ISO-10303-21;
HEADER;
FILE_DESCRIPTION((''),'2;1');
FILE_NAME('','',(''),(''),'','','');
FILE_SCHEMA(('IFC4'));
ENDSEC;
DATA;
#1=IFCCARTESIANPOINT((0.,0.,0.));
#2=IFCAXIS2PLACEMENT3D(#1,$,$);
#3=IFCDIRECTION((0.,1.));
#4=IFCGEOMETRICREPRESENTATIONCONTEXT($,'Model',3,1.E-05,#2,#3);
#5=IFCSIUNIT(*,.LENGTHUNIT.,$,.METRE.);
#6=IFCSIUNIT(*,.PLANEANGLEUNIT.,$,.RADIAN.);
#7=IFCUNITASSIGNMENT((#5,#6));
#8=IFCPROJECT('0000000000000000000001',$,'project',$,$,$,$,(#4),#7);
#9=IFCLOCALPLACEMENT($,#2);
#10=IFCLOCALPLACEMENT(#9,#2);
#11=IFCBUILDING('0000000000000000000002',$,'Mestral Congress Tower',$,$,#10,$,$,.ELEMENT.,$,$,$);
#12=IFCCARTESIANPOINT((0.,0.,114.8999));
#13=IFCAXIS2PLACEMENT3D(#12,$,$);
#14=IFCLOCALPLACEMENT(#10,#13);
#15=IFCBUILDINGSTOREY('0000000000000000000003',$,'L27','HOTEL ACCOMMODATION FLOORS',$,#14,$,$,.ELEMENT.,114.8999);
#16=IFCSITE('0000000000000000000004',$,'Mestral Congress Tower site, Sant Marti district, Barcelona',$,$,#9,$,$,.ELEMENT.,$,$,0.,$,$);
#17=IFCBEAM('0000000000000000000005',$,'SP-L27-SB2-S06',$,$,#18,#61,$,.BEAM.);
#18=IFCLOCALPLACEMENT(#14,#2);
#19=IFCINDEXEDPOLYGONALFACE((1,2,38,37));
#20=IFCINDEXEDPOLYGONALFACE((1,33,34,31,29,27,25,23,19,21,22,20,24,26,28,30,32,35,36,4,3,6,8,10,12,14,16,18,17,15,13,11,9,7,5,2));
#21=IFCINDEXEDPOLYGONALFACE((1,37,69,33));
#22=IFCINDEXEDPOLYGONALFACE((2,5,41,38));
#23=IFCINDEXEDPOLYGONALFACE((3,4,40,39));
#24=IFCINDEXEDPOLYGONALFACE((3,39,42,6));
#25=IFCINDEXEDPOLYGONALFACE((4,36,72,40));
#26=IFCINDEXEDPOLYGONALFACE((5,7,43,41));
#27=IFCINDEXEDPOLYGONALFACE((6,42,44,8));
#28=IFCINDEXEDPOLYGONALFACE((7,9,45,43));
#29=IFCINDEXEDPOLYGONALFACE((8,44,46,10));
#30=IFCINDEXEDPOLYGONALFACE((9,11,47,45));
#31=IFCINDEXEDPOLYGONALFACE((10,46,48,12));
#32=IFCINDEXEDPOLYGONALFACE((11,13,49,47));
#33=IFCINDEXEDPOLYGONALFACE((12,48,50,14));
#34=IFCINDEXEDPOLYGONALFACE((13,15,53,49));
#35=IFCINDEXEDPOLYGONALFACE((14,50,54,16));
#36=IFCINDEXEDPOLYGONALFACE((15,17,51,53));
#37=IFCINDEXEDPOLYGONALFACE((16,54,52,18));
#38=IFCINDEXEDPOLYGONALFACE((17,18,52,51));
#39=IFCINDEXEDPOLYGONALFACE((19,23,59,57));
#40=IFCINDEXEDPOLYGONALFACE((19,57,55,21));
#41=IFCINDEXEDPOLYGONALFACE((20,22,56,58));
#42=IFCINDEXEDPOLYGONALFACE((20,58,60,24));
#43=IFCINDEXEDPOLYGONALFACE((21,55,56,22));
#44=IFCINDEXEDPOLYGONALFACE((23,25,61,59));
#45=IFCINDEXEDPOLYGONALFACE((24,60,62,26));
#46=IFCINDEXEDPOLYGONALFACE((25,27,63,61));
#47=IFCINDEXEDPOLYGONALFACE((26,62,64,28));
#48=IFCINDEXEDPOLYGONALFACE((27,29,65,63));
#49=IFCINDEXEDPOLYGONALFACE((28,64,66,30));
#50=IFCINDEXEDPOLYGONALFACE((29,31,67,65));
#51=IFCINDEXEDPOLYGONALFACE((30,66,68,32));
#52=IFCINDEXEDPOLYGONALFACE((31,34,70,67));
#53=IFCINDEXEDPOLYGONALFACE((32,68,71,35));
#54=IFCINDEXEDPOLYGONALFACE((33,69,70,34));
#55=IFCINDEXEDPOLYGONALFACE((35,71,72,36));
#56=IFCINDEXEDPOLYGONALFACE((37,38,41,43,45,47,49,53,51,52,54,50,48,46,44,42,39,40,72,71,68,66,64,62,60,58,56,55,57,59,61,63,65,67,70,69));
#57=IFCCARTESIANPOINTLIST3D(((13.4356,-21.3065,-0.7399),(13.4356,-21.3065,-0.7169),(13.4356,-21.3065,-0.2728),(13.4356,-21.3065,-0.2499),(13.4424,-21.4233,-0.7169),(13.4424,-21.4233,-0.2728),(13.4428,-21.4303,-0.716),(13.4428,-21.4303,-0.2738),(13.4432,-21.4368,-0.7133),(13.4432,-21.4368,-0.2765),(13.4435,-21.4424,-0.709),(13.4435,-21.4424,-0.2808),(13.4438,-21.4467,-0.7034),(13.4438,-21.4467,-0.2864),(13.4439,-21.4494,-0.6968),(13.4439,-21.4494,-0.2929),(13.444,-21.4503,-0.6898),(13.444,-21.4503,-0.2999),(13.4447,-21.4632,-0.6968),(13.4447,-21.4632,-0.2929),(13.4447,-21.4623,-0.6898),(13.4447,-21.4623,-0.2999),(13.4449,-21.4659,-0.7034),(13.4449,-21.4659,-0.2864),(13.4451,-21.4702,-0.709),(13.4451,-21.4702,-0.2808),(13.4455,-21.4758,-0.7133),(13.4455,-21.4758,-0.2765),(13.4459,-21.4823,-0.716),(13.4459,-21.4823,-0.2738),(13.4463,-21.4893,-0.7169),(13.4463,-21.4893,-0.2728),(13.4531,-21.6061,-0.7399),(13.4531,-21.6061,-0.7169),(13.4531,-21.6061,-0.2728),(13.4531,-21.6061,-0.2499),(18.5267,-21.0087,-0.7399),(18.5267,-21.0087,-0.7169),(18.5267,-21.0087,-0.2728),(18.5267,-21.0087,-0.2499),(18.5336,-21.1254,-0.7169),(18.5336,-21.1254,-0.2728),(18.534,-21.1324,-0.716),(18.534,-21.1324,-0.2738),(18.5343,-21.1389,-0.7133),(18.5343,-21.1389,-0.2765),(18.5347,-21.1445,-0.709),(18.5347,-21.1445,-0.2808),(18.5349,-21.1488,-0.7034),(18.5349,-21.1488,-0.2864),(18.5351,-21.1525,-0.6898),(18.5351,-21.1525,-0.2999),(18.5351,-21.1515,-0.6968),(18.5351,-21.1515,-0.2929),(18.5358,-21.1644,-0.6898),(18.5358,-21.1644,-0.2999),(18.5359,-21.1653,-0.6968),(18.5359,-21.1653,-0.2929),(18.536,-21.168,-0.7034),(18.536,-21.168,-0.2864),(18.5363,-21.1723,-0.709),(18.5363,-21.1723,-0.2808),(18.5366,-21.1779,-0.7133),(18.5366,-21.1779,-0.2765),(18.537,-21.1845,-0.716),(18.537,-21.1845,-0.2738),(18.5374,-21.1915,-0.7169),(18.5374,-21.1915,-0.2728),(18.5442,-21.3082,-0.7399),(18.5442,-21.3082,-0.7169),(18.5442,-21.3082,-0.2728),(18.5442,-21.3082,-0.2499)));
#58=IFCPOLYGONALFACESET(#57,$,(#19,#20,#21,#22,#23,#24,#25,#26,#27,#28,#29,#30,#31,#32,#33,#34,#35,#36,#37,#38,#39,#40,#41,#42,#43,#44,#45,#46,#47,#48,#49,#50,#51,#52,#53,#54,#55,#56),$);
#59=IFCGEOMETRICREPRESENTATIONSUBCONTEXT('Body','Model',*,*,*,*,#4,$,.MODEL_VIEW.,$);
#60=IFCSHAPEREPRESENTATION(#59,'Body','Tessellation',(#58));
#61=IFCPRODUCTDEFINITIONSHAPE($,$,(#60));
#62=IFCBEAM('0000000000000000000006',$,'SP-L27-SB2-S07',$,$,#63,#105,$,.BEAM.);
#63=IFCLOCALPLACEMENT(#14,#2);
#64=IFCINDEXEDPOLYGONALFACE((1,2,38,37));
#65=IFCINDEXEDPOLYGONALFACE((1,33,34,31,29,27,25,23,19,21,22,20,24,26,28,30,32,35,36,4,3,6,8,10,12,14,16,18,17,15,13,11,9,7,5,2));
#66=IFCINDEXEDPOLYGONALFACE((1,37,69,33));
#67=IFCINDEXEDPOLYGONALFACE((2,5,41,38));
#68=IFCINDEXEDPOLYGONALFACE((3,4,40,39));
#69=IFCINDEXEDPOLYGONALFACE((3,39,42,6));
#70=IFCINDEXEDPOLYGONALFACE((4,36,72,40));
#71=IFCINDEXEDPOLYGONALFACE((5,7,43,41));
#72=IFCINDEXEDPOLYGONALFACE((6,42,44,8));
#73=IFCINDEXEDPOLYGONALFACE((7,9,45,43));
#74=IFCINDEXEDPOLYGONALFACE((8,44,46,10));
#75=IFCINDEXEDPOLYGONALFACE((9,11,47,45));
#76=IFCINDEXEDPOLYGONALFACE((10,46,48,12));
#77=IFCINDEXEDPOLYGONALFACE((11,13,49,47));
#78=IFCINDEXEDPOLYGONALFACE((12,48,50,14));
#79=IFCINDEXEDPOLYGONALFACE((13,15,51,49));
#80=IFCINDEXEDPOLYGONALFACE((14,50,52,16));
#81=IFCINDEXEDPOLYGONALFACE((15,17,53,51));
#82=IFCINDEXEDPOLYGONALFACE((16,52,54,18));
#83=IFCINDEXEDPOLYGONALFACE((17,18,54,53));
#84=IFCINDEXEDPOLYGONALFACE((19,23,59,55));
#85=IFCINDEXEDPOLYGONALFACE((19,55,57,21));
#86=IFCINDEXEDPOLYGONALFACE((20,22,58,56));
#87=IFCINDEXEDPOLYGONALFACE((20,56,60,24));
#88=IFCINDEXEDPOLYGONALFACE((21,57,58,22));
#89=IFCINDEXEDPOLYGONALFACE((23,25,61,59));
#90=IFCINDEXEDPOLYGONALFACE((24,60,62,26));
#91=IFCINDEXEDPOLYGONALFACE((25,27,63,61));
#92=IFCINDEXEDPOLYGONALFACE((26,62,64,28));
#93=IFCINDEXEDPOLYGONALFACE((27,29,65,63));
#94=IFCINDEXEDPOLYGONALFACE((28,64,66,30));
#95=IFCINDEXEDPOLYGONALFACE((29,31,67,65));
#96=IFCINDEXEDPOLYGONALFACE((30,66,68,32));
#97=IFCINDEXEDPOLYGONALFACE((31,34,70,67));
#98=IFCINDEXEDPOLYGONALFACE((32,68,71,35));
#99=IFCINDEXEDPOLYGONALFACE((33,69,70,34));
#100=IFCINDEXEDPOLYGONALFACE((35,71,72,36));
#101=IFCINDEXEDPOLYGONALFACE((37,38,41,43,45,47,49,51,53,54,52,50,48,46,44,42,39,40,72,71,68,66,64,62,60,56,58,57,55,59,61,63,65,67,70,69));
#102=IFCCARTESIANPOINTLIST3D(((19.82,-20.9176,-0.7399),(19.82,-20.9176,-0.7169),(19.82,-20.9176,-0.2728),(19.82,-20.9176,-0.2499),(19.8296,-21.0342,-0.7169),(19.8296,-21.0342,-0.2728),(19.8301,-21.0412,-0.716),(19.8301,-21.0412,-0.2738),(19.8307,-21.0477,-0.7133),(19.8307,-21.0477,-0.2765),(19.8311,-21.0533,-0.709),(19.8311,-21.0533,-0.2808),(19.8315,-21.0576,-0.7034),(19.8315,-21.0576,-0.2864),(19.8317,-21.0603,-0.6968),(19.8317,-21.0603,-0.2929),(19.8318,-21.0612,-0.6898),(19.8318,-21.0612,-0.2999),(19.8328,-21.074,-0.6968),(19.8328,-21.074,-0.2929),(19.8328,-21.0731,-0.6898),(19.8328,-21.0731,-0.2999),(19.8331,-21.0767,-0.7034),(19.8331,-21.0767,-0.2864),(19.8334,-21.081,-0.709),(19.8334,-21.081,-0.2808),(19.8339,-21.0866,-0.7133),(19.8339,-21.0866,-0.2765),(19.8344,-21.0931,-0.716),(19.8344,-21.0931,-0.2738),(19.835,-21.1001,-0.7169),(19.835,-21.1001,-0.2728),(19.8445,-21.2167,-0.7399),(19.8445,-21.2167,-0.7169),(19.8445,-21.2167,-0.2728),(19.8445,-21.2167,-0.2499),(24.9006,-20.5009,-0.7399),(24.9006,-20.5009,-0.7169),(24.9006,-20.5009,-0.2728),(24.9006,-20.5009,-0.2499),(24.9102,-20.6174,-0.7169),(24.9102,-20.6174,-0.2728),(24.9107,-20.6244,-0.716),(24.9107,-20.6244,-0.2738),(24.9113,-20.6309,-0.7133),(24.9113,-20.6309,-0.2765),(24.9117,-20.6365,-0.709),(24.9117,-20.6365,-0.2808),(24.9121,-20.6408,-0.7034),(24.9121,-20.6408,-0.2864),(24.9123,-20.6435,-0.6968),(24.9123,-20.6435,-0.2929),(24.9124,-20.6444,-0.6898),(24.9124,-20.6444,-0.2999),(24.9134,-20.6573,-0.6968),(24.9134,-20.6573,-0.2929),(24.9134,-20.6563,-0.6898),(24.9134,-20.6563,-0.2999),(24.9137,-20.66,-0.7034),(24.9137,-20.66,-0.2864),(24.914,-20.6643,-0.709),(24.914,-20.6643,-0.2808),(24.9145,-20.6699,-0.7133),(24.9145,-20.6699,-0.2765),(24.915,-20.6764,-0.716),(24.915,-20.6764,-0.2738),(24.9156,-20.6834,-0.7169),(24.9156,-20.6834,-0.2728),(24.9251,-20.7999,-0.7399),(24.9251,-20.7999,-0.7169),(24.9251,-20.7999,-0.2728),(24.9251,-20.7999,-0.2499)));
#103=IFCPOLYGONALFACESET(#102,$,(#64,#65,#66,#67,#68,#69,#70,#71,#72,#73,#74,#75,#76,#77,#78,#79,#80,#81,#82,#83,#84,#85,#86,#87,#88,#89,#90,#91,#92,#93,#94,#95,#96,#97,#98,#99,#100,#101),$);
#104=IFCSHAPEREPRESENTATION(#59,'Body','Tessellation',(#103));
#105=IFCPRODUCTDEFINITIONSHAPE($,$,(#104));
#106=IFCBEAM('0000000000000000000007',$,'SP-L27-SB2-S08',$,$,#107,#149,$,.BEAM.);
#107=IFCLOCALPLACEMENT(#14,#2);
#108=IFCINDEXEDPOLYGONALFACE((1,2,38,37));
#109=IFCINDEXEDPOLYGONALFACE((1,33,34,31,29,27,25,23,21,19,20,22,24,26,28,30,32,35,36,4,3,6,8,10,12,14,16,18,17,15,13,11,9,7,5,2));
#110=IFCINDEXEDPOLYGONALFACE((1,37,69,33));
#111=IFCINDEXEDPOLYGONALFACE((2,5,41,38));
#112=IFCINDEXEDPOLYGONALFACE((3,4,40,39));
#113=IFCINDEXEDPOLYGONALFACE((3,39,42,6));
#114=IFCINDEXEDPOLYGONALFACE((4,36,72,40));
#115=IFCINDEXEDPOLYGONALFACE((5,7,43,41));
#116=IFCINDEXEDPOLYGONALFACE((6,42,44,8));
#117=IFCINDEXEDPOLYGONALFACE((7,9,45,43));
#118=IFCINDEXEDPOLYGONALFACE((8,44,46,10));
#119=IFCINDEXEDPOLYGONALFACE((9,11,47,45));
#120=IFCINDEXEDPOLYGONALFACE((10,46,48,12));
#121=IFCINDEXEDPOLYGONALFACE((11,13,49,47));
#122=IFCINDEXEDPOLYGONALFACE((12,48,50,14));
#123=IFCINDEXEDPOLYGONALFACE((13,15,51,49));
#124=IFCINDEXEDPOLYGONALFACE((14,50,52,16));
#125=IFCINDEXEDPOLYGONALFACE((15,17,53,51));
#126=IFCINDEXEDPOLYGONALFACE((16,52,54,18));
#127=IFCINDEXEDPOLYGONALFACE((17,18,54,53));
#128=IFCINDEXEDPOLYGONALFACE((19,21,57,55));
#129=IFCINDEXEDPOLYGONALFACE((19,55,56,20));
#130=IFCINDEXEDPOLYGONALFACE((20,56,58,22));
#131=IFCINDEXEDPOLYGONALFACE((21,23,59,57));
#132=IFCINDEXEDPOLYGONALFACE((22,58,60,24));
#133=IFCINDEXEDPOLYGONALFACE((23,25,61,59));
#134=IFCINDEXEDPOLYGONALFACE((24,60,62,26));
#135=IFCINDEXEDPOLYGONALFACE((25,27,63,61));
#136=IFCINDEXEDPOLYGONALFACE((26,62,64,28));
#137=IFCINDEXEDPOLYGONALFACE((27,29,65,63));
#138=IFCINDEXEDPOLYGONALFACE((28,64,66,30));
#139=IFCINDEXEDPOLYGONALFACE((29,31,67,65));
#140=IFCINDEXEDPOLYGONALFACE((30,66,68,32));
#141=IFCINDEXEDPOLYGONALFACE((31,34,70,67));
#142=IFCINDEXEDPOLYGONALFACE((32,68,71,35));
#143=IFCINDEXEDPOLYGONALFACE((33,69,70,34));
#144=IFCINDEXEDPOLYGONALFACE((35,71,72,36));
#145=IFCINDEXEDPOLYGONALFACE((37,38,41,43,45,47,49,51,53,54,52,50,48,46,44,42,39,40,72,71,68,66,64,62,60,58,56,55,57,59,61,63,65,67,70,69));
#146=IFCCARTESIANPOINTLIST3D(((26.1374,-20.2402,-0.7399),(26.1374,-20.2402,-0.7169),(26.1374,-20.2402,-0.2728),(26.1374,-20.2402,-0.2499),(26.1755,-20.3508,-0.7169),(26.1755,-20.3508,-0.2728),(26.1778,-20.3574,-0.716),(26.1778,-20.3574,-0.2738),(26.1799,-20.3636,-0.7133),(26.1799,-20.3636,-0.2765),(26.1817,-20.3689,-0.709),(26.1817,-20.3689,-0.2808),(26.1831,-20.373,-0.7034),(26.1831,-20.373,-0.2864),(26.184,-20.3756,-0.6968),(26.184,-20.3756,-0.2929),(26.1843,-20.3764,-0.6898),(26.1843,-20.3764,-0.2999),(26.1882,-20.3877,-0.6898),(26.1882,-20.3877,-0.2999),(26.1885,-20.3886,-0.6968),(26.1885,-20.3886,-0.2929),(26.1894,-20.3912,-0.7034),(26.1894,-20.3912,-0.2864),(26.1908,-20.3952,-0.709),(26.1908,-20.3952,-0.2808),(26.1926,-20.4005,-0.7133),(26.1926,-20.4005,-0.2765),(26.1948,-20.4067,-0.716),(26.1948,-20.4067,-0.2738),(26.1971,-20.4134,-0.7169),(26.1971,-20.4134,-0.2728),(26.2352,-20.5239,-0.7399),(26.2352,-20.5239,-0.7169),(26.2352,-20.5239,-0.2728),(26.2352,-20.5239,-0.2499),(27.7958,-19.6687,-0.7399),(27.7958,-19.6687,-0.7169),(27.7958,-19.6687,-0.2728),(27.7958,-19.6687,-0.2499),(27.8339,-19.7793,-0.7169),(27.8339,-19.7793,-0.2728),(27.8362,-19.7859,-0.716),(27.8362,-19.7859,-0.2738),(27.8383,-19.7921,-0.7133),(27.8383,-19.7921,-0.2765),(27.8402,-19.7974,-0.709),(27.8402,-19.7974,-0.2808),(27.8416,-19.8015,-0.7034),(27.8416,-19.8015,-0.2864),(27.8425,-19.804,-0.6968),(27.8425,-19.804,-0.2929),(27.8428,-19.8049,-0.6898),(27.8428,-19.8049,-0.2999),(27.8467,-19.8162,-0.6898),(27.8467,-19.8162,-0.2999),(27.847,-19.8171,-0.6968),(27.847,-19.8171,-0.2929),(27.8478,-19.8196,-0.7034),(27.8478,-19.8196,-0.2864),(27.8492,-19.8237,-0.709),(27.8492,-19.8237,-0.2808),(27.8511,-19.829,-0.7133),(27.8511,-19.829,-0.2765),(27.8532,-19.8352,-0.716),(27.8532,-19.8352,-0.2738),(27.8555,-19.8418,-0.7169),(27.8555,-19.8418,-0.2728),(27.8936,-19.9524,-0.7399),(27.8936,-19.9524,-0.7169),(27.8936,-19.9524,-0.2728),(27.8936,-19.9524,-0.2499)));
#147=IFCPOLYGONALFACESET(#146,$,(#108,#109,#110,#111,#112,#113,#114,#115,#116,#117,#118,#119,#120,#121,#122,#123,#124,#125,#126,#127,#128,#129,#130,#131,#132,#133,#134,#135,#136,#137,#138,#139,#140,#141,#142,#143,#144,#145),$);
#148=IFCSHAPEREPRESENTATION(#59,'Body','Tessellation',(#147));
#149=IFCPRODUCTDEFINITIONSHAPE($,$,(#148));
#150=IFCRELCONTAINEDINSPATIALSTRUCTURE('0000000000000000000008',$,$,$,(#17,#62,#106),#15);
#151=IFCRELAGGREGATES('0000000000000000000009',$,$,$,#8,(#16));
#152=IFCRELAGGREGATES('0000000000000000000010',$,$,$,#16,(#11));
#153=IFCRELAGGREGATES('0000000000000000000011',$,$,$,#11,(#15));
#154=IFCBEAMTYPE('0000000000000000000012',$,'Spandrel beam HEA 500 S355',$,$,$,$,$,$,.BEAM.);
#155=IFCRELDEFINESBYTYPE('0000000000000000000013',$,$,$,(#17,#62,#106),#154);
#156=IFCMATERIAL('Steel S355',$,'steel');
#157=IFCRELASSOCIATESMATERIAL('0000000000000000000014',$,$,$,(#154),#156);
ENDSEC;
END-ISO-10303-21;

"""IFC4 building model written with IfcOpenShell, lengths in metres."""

from ifc_helpers import new_model, si_unit, direction, frame, origin, origin_2d, place, context, subcontext, project, spatial, i_section, extrude, material, material_profile, profile_set, type_object, element, save


model = new_model("IFC4")

# Units and contexts
model_context = context("Model", 3, precision=1e-05, world=origin(), true_north=direction((0.0, 1.0)))
body_context = subcontext(model_context, "Body", "Model", "MODEL_VIEW")
ifc_project = project(units=[si_unit("LENGTHUNIT", "METRE"), si_unit("PLANEANGLEUNIT", "RADIAN")], contexts=[model_context])

# Site, building, storey
site_placement = place(None, origin())
site = spatial("IfcSite", under=ifc_project, at=site_placement, Name="Mestral Congress Tower site, Sant Marti district, Barcelona", CompositionType="ELEMENT", RefElevation=0.0)
building_placement = place(site_placement, origin())
building = spatial("IfcBuilding", under=site, at=building_placement, Name="Mestral Congress Tower", CompositionType="ELEMENT")
storey_placement = place(building_placement, frame((0.0, 0.0, 114.8999)))
storey = spatial("IfcBuildingStorey", under=building, at=storey_placement, Name="L27", Description="HOTEL ACCOMMODATION FLOORS", CompositionType="ELEMENT", Elevation=114.8999)

# Beams
ifc_material_1 = material(Name="Steel S355", Category="steel")
ifc_material_profile_1 = material_profile(ifc_material_1, i_section(OverallWidth=0.3, OverallDepth=0.49, WebThickness=0.012, FlangeThickness=0.0229, FilletRadius=0.0271, at=origin_2d()), Name="HEA 500")
ifc_profile_set_1 = profile_set([ifc_material_profile_1], Name="Steel S355")
beam_type_1 = type_object("IfcBeamType", Name="Spandrel beam HEA 500 S355", PredefinedType="BEAM", material=ifc_profile_set_1)
beam_1_placement = place(storey_placement, frame((13.4443, -21.4563, -0.4949), z_axis=(0.998293, 0.058405, 0.0), x_axis=(-0.058405, 0.998293, 0.0)))
element("IfcBeam", 1, at=beam_1_placement, inside=storey, type_object=beam_type_1, Name="SP-L27-SB2-S06", PredefinedType="BEAM", context=body_context, shape_type="SweptSolid", body=[
    extrude(i_section(OverallWidth=0.3, OverallDepth=0.49, WebThickness=0.012, FlangeThickness=0.0229, FilletRadius=0.0271, at=origin_2d()), origin(), (0.0, 0.0, 1.0), 5.0999),
])
beam_2_placement = place(storey_placement, frame((19.8323, -21.0671, -0.4949), z_axis=(0.996653, 0.081753, 0.0), x_axis=(-0.081753, 0.996653, 0.0)))
element("IfcBeam", 2, at=beam_2_placement, inside=storey, type_object=beam_type_1, Name="SP-L27-SB2-S07", PredefinedType="BEAM", context=body_context, shape_type="SweptSolid", body=[
    extrude(i_section(OverallWidth=0.3, OverallDepth=0.49, WebThickness=0.012, FlangeThickness=0.0229, FilletRadius=0.0271, at=origin_2d()), origin(), (0.0, 0.0, 1.0), 5.0977),
])
beam_3_placement = place(storey_placement, frame((26.1863, -20.3821, -0.4949), z_axis=(0.945434, 0.325815, 0.0), x_axis=(-0.325815, 0.945434, 0.0)))
element("IfcBeam", 3, at=beam_3_placement, inside=storey, type_object=beam_type_1, Name="SP-L27-SB2-S08", PredefinedType="BEAM", context=body_context, shape_type="SweptSolid", body=[
    extrude(i_section(OverallWidth=0.3, OverallDepth=0.49, WebThickness=0.012, FlangeThickness=0.0229, FilletRadius=0.0271, at=origin_2d()), origin(), (0.0, 0.0, 1.0), 1.7542),
])

save(model, "model.ifc")
